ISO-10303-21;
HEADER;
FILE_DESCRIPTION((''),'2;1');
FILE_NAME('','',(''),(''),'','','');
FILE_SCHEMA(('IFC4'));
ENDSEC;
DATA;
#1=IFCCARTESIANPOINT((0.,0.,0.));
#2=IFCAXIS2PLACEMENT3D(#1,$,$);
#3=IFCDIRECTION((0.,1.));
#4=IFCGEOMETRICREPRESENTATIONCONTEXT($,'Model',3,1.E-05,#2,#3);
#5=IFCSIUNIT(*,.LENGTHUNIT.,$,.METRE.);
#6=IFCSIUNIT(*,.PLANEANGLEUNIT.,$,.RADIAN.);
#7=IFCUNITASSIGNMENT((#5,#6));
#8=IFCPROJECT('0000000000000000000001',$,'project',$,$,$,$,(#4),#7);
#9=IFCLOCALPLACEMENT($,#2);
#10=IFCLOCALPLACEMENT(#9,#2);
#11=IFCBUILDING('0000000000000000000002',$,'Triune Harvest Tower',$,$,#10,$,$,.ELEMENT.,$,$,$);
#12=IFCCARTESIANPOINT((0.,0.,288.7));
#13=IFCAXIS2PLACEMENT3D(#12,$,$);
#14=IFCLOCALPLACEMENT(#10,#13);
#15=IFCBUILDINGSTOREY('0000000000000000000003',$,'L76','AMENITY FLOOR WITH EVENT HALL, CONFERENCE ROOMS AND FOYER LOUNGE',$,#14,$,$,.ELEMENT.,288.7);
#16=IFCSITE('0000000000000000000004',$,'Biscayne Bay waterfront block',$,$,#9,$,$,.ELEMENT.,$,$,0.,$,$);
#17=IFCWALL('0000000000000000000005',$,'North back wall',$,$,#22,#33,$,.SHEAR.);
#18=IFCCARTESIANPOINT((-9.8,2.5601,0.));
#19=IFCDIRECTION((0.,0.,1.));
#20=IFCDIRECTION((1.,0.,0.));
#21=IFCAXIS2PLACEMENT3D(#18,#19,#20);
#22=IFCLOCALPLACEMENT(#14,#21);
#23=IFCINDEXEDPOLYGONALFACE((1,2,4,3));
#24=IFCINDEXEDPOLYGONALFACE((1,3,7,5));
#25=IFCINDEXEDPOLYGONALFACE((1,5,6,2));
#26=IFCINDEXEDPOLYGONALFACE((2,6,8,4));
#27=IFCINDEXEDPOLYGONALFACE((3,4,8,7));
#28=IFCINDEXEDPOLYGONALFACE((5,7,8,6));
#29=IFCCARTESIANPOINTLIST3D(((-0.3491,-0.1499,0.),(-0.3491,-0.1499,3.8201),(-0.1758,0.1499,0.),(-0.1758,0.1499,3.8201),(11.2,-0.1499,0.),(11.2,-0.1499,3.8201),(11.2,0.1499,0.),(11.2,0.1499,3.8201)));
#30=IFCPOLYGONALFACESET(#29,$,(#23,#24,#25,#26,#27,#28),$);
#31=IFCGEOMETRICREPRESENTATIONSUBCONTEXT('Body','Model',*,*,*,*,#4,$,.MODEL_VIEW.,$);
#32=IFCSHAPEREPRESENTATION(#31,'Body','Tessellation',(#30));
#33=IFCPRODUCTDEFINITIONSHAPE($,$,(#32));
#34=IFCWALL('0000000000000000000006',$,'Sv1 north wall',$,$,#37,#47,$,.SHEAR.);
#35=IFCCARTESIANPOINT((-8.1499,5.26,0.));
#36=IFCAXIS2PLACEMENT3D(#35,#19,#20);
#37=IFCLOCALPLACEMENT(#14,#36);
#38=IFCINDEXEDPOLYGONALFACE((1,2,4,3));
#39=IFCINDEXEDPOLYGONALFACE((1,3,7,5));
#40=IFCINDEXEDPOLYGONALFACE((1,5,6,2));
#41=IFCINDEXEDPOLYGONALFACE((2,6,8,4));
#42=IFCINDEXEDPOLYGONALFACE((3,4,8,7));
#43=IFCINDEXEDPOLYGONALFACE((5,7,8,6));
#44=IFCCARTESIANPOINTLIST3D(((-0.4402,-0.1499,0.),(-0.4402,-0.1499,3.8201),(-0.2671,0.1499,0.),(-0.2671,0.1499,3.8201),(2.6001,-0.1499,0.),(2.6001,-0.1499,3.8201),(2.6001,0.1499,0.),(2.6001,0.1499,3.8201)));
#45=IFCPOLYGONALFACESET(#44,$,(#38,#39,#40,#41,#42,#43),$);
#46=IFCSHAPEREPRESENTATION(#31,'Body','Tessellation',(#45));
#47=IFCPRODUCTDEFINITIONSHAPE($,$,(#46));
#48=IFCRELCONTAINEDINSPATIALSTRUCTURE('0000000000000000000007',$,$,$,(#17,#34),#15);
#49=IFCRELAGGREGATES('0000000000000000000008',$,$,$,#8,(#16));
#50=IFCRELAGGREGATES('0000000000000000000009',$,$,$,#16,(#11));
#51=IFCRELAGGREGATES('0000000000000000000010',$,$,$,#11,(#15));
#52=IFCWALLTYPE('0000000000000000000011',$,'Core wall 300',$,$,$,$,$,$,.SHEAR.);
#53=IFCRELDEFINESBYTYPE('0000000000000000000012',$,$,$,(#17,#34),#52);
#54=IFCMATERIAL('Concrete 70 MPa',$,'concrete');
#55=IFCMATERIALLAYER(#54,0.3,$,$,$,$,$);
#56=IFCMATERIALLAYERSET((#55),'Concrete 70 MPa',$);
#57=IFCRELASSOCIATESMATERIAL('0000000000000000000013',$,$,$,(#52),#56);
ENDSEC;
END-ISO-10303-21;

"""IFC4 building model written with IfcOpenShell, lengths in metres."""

from ifc_helpers import new_model, si_unit, direction, frame, origin, place, context, subcontext, project, spatial, polyline, outline, extrude, source, transform, mapped, material, layer, layer_set, type_object, element, save


model = new_model("IFC4")

# Units and contexts
model_context = context("Model", 3, precision=1e-05, world=origin(), true_north=direction((0.0, 1.0)))
body_context = subcontext(model_context, "Body", "Model", "MODEL_VIEW")
ifc_project = project(units=[si_unit("LENGTHUNIT", "METRE"), si_unit("PLANEANGLEUNIT", "RADIAN")], contexts=[model_context])

# Site, building, storey
site_placement = place(None, origin())
site = spatial("IfcSite", under=ifc_project, at=site_placement, Name="Biscayne Bay waterfront block", CompositionType="ELEMENT", RefElevation=0.0)
building_placement = place(site_placement, origin())
building = spatial("IfcBuilding", under=site, at=building_placement, Name="Triune Harvest Tower", CompositionType="ELEMENT")
storey_placement = place(building_placement, frame((0.0, 0.0, 288.7)))
storey = spatial("IfcBuildingStorey", under=building, at=storey_placement, Name="L76", Description="AMENITY FLOOR WITH EVENT HALL, CONFERENCE ROOMS AND FOYER LOUNGE", CompositionType="ELEMENT", Elevation=288.7)

# Shared definitions
ifc_material_1 = material(Name="Concrete 70 MPa", Category="concrete")
ifc_layer_1 = layer(ifc_material_1, 0.3)
ifc_layer_set_1 = layer_set([ifc_layer_1], Name="Concrete 70 MPa")
wall_type_1 = type_object("IfcWallType", Name="Core wall 300", PredefinedType="SHEAR", material=ifc_layer_set_1)

# Wall
shared_shape_1 = source(origin(), body_context, "Body", "SweptSolid", [
    extrude(outline(polyline([(11.2, -0.1499), (-0.3491, -0.1499), (-0.1758, 0.1499), (11.2, 0.1499), (11.2, -0.1499)])), origin(), (0.0, 0.0, 1.0), 3.8201),
])
wall_1_placement = place(storey_placement, frame((-9.8, 2.5601, 0.0), z_axis=(0.0, 0.0, 1.0), x_axis=(1.0, 0.0, 0.0)))
element("IfcWall", 1, at=wall_1_placement, inside=storey, type_object=wall_type_1, Name="North back wall", PredefinedType="SHEAR", context=body_context, shape_type="MappedRepresentation", body=[
    mapped(shared_shape_1, transform((0.0, 0.0, 0.0), scale=1.0)),
])

# Wall
shared_shape_2 = source(origin(), body_context, "Body", "SweptSolid", [
    extrude(outline(polyline([(2.6001, -0.1499), (-0.4402, -0.1499), (-0.2671, 0.1499), (2.6001, 0.1499), (2.6001, -0.1499)])), origin(), (0.0, 0.0, 1.0), 3.8201),
])
wall_2_placement = place(storey_placement, frame((-8.1499, 5.26, 0.0), z_axis=(0.0, 0.0, 1.0), x_axis=(1.0, 0.0, 0.0)))
element("IfcWall", 2, at=wall_2_placement, inside=storey, type_object=wall_type_1, Name="Sv1 north wall", PredefinedType="SHEAR", context=body_context, shape_type="MappedRepresentation", body=[
    mapped(shared_shape_2, transform((0.0, 0.0, 0.0), scale=1.0)),
])

save(model, "model.ifc")
